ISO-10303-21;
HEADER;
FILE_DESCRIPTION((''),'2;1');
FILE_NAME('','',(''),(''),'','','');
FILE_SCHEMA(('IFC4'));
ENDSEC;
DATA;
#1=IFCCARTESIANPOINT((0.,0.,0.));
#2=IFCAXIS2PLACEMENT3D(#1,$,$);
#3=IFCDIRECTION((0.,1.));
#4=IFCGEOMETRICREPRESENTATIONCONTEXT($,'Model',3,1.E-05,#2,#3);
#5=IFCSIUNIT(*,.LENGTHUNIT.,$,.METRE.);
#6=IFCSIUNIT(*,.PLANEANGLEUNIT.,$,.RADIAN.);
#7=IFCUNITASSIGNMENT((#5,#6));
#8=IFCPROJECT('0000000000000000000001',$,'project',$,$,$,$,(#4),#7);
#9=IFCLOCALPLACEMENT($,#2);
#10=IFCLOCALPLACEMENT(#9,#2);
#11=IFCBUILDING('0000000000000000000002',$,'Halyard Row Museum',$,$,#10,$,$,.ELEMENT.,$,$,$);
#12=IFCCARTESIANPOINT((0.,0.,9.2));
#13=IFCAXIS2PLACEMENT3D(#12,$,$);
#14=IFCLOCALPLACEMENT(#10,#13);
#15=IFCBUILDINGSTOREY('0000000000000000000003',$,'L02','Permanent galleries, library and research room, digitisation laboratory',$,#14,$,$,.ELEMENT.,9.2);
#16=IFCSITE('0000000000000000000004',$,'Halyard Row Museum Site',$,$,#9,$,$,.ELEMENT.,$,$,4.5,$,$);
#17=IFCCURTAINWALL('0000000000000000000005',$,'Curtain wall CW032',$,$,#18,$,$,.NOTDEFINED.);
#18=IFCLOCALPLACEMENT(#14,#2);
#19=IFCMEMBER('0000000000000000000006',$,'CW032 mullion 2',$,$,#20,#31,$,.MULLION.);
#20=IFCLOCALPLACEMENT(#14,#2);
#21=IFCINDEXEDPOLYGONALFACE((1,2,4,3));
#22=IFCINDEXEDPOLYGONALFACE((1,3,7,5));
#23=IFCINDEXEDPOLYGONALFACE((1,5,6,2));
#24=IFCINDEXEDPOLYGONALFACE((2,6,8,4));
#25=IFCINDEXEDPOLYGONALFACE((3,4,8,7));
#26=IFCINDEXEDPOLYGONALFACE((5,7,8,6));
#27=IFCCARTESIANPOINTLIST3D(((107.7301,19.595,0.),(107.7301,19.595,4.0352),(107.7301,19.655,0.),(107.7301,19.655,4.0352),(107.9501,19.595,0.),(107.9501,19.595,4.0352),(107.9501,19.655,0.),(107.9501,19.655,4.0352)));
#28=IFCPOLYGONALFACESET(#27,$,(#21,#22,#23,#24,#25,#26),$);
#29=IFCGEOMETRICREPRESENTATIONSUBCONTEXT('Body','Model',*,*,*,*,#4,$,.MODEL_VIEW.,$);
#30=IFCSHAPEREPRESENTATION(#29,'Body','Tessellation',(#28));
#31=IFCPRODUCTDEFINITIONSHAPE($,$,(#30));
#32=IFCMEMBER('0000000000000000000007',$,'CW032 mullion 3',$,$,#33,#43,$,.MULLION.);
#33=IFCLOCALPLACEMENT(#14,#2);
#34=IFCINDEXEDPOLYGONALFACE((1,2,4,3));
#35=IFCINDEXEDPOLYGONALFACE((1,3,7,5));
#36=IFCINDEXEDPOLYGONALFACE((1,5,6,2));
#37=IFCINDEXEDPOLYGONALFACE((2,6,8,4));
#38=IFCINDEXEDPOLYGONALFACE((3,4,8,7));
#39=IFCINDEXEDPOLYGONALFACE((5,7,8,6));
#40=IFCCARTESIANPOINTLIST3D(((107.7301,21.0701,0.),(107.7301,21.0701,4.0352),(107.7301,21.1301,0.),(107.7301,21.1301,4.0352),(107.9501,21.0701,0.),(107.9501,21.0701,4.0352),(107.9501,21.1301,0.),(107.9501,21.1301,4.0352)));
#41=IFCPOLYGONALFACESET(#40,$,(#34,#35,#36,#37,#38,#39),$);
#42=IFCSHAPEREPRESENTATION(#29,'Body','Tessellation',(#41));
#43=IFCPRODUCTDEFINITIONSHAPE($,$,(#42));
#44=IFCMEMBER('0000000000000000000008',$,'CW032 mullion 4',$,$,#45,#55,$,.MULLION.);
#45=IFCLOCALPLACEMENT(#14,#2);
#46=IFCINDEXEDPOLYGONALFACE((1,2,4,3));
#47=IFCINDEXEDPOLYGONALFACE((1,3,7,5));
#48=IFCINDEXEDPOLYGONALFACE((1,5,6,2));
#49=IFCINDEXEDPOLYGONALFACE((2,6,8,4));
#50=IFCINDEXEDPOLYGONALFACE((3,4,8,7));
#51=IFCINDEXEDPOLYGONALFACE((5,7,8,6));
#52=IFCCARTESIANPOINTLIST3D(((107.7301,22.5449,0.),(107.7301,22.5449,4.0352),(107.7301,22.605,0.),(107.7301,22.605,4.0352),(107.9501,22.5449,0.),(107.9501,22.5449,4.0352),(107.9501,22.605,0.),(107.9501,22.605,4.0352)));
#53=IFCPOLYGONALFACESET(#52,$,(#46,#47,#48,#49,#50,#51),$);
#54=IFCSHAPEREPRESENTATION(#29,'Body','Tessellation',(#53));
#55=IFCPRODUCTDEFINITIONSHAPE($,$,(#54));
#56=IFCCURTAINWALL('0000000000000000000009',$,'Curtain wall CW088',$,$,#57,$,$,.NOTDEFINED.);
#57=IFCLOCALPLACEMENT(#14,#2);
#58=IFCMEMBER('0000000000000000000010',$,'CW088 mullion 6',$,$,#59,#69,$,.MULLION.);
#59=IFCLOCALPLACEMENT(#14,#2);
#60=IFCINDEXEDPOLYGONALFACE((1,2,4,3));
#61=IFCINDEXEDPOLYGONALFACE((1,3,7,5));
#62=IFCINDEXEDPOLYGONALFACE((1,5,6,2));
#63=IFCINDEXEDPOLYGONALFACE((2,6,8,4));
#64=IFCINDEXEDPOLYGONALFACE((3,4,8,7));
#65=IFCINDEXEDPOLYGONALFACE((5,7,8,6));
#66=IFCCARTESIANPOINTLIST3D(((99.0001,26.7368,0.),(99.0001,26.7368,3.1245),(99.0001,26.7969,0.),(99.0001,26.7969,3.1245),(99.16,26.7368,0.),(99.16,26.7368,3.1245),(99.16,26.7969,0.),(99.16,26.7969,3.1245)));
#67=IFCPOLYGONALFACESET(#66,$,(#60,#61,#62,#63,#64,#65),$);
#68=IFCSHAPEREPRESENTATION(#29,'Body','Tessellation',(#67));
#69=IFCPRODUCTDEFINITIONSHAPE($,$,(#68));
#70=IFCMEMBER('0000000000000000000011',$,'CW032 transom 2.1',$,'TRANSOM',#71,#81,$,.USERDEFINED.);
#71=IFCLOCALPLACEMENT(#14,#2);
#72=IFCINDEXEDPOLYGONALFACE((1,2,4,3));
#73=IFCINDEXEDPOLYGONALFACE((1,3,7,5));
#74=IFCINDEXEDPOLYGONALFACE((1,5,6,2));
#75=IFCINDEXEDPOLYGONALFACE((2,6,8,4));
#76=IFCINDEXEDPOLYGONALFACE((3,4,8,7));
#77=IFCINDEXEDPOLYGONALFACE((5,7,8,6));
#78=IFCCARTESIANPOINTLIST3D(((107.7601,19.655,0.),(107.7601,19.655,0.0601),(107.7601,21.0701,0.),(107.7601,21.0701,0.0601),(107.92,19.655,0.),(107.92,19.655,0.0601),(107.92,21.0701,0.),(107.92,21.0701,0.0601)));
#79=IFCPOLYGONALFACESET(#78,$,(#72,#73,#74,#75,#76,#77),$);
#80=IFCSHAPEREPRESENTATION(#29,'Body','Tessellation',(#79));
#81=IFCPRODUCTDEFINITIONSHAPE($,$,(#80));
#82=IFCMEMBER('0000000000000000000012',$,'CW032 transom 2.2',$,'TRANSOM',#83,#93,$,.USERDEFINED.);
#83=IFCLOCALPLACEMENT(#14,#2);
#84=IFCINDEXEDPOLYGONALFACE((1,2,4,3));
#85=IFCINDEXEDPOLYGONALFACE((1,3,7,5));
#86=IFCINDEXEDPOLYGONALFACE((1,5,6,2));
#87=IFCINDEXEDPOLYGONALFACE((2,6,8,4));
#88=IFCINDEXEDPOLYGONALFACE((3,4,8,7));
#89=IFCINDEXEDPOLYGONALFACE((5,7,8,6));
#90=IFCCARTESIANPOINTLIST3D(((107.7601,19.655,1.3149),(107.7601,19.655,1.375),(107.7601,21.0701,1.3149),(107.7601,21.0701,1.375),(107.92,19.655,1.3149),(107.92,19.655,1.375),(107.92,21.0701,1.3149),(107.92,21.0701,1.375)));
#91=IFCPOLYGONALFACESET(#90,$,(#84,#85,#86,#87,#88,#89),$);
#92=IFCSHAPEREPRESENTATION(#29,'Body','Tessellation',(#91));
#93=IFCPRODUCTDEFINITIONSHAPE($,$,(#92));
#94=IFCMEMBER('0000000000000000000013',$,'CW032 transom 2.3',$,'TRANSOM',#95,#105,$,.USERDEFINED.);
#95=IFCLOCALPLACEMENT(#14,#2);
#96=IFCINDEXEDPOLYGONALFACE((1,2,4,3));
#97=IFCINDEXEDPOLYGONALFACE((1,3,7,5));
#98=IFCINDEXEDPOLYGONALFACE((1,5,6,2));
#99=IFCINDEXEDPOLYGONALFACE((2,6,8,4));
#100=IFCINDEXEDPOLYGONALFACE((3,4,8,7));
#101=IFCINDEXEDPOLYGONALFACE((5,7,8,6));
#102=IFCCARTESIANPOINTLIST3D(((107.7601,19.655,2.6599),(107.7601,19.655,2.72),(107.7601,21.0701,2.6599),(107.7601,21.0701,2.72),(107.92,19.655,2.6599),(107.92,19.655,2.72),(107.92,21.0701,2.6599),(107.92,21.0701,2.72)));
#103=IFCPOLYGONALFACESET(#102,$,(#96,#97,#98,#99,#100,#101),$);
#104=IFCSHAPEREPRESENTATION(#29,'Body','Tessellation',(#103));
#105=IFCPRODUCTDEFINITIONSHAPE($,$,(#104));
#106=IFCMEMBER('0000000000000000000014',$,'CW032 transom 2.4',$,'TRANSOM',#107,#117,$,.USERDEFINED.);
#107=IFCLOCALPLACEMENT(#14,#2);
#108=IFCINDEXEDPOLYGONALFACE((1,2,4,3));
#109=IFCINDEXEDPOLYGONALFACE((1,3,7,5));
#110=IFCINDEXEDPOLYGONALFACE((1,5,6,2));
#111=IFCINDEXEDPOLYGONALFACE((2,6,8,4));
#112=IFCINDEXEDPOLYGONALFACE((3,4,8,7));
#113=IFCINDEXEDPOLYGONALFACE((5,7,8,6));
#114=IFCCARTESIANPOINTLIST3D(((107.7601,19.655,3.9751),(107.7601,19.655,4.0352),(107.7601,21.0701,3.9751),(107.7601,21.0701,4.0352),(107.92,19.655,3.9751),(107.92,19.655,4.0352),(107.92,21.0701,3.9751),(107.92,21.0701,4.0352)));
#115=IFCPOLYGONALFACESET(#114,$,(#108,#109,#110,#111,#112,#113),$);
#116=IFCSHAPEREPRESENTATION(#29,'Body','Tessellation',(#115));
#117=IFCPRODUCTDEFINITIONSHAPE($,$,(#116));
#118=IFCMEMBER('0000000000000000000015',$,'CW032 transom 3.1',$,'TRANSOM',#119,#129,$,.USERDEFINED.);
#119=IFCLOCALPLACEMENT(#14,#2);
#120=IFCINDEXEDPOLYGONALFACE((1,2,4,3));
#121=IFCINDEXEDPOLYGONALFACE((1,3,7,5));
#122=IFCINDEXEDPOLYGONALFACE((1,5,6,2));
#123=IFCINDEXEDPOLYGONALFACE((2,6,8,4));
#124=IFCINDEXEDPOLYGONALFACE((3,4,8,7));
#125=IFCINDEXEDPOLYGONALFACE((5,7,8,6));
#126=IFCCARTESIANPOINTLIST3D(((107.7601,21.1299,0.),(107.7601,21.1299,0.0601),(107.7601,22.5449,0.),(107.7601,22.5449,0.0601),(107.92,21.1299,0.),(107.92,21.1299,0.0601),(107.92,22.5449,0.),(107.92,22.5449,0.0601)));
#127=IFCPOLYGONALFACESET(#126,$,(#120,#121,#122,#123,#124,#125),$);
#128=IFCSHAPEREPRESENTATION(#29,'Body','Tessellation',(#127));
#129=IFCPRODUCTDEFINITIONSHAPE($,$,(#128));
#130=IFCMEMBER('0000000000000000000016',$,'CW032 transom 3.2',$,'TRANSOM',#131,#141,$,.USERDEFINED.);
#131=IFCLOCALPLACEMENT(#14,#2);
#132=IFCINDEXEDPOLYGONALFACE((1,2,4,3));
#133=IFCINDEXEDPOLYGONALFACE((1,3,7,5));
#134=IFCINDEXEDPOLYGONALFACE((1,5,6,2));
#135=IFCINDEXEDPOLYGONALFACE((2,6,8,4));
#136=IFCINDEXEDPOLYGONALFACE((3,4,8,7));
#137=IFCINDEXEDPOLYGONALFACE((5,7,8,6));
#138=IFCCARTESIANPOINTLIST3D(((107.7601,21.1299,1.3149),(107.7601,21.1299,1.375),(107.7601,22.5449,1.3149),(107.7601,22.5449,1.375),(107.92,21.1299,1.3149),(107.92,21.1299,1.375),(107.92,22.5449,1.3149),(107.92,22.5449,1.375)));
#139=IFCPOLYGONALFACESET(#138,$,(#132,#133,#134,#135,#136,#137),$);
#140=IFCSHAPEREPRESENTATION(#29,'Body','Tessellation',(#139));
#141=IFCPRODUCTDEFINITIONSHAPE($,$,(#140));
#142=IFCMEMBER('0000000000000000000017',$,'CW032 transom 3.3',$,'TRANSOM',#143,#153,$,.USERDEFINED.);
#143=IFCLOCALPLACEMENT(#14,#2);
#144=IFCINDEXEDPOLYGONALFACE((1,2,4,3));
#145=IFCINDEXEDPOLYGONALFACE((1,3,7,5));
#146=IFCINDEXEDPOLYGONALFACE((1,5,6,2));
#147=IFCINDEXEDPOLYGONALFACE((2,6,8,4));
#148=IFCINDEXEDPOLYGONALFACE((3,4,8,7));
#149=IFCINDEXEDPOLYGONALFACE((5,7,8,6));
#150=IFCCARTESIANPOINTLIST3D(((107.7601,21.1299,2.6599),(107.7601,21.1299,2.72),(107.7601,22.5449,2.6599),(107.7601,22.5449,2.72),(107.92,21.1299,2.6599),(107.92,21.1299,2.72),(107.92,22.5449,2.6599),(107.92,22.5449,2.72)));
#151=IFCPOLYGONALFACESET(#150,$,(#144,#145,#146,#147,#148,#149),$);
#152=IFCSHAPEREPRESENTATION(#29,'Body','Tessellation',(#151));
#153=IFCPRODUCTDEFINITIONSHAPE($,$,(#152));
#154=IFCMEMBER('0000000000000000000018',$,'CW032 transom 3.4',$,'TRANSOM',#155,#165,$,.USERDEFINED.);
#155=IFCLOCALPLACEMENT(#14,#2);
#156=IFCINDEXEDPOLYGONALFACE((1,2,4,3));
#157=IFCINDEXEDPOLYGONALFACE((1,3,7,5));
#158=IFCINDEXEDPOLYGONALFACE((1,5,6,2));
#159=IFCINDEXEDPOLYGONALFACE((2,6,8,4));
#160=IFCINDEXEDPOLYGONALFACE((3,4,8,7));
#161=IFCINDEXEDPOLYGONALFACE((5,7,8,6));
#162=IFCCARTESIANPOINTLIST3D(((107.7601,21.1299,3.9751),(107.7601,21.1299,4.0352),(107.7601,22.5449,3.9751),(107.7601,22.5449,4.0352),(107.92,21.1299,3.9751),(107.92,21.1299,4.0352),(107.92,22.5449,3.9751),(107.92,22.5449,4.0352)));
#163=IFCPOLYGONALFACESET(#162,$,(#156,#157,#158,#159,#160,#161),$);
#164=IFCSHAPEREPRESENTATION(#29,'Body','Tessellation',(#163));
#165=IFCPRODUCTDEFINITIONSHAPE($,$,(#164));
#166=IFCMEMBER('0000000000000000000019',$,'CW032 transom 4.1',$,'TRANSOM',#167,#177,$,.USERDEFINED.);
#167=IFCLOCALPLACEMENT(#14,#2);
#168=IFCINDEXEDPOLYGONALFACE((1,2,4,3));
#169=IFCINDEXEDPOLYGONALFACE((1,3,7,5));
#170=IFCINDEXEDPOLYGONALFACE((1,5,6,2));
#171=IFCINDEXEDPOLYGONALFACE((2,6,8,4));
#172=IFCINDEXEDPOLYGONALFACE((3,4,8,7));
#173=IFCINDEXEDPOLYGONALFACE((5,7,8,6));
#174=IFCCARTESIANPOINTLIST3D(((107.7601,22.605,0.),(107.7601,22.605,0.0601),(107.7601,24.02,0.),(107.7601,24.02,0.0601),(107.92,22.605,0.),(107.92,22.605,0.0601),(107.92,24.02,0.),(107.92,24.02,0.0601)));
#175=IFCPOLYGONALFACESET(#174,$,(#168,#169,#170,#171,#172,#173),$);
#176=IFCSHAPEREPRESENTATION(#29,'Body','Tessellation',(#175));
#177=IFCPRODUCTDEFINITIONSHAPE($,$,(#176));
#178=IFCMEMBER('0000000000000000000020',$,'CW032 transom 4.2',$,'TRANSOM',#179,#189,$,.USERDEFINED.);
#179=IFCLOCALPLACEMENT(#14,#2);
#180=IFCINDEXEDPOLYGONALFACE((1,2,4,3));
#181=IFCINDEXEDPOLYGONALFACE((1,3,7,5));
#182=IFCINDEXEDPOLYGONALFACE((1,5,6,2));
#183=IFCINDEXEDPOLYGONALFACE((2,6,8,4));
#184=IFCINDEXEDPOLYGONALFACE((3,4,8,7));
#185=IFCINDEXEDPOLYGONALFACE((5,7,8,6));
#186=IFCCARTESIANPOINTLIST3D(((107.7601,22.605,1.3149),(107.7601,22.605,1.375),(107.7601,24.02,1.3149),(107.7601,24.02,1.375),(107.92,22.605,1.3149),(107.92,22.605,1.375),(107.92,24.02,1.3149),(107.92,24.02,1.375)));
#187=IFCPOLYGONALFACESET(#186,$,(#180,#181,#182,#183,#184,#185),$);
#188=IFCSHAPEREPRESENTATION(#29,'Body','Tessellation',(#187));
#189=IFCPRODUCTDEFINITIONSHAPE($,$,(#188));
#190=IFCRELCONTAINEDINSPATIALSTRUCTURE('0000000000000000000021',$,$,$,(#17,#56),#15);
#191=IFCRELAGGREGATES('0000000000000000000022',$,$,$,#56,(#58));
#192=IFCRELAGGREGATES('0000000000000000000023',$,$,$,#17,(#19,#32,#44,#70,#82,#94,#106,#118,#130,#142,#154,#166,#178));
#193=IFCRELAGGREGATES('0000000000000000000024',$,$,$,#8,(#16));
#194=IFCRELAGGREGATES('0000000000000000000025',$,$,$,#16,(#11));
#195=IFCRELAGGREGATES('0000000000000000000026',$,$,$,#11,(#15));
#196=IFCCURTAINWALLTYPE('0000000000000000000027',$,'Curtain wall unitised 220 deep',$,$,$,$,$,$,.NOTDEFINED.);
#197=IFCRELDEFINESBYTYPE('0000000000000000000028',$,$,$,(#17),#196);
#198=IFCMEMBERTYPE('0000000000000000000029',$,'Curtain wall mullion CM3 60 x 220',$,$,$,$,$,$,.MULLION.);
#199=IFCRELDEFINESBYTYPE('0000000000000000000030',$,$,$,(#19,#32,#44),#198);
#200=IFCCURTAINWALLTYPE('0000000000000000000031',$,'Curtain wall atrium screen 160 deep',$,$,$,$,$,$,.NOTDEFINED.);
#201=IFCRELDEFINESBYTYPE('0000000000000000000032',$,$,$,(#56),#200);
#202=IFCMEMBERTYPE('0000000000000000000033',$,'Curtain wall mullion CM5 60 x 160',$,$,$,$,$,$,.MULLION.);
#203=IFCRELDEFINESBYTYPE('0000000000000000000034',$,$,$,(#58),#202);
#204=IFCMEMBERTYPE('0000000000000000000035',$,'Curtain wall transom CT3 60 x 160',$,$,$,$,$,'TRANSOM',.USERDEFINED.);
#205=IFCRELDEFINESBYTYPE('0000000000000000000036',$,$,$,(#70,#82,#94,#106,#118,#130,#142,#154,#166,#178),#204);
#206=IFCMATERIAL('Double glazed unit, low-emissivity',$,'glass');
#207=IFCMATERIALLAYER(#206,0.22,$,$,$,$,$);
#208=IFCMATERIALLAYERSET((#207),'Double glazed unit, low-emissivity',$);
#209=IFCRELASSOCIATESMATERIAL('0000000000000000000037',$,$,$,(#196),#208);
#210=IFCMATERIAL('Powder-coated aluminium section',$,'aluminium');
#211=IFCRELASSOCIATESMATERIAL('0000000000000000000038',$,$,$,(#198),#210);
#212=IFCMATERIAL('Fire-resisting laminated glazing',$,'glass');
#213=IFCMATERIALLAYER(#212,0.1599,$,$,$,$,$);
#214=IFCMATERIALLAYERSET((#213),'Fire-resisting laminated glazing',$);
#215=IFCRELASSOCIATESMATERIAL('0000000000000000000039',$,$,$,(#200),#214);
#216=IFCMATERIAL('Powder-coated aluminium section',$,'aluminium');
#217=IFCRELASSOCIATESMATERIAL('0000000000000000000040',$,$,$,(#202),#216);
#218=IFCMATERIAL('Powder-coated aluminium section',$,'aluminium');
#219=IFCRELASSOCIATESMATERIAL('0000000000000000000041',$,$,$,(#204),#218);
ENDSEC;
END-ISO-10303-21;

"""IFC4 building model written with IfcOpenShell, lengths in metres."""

from ifc_helpers import new_model, si_unit, direction, frame, origin, origin_2d, place, context, subcontext, project, spatial, rectangle, extrude, material, layer, layer_set, material_profile, profile_set, type_object, element, aggregate, save


model = new_model("IFC4")

# Units and contexts
model_context = context("Model", 3, precision=1e-05, world=origin(), true_north=direction((0.0, 1.0)))
body_context = subcontext(model_context, "Body", "Model", "MODEL_VIEW")
ifc_project = project(units=[si_unit("LENGTHUNIT", "METRE"), si_unit("PLANEANGLEUNIT", "RADIAN")], contexts=[model_context])

# Site, building, storey
site_placement = place(None, origin())
site = spatial("IfcSite", under=ifc_project, at=site_placement, Name="Halyard Row Museum Site", CompositionType="ELEMENT", RefElevation=4.5)
building_placement = place(site_placement, origin())
building = spatial("IfcBuilding", under=site, at=building_placement, Name="Halyard Row Museum", CompositionType="ELEMENT")
storey_placement = place(building_placement, frame((0.0, 0.0, 9.2)))
storey = spatial("IfcBuildingStorey", under=building, at=storey_placement, Name="L02", Description="Permanent galleries, library and research room, digitisation laboratory", CompositionType="ELEMENT", Elevation=9.2)

# Curtain wall, members
ifc_material_1 = material(Name="Double glazed unit, low-emissivity", Category="glass")
ifc_layer_1 = layer(ifc_material_1, 0.22)
ifc_layer_set_1 = layer_set([ifc_layer_1], Name="Double glazed unit, low-emissivity")
curtain_wall_type_1 = type_object("IfcCurtainWallType", Name="Curtain wall unitised 220 deep", PredefinedType="NOTDEFINED", material=ifc_layer_set_1)
curtain_wall_1_placement = place(storey_placement, origin())
curtain_wall_1 = element("IfcCurtainWall", 1, at=curtain_wall_1_placement, inside=storey, type_object=curtain_wall_type_1, Name="Curtain wall CW032", PredefinedType="NOTDEFINED")
ifc_material_2 = material(Name="Powder-coated aluminium section", Category="aluminium")
ifc_material_profile_1 = material_profile(ifc_material_2, rectangle(XDim=0.22, YDim=0.0601, at=origin_2d()), Name="220x60 mullion")
ifc_profile_set_1 = profile_set([ifc_material_profile_1], Name="Powder-coated aluminium section")
member_type_1 = type_object("IfcMemberType", Name="Curtain wall mullion CM3 60 x 220", PredefinedType="MULLION", material=ifc_profile_set_1)
member_1_placement = place(storey_placement, frame((107.8401, 19.625, 0.0), z_axis=(0.0, 0.0, 1.0), x_axis=(-1.0, 0.0, 0.0)))
member_1 = element("IfcMember", 2, at=member_1_placement, type_object=member_type_1, Name="CW032 mullion 2", PredefinedType="MULLION", context=body_context, shape_type="SweptSolid", body=[
    extrude(rectangle(XDim=0.22, YDim=0.0601, at=origin_2d()), origin(), (0.0, 0.0, 1.0), 4.0352),
])
member_2_placement = place(storey_placement, frame((107.8401, 21.1001, 0.0), z_axis=(0.0, 0.0, 1.0), x_axis=(-1.0, 0.0, 0.0)))
member_2 = element("IfcMember", 3, at=member_2_placement, type_object=member_type_1, Name="CW032 mullion 3", PredefinedType="MULLION", context=body_context, shape_type="SweptSolid", body=[
    extrude(rectangle(XDim=0.22, YDim=0.0601, at=origin_2d()), origin(), (0.0, 0.0, 1.0), 4.0352),
])
member_3_placement = place(storey_placement, frame((107.8401, 22.575, 0.0), z_axis=(0.0, 0.0, 1.0), x_axis=(-1.0, 0.0, 0.0)))
member_3 = element("IfcMember", 4, at=member_3_placement, type_object=member_type_1, Name="CW032 mullion 4", PredefinedType="MULLION", context=body_context, shape_type="SweptSolid", body=[
    extrude(rectangle(XDim=0.22, YDim=0.0601, at=origin_2d()), origin(), (0.0, 0.0, 1.0), 4.0352),
])

# Curtain wall, member
ifc_material_3 = material(Name="Fire-resisting laminated glazing", Category="glass")
ifc_layer_2 = layer(ifc_material_3, 0.1599)
ifc_layer_set_2 = layer_set([ifc_layer_2], Name="Fire-resisting laminated glazing")
curtain_wall_type_2 = type_object("IfcCurtainWallType", Name="Curtain wall atrium screen 160 deep", PredefinedType="NOTDEFINED", material=ifc_layer_set_2)
curtain_wall_2_placement = place(storey_placement, origin())
curtain_wall_2 = element("IfcCurtainWall", 5, at=curtain_wall_2_placement, inside=storey, type_object=curtain_wall_type_2, Name="Curtain wall CW088", PredefinedType="NOTDEFINED")
ifc_material_4 = material(Name="Powder-coated aluminium section", Category="aluminium")
ifc_material_profile_2 = material_profile(ifc_material_4, rectangle(XDim=0.1599, YDim=0.0601, at=origin_2d()), Name="160x60 mullion")
ifc_profile_set_2 = profile_set([ifc_material_profile_2], Name="Powder-coated aluminium section")
member_type_2 = type_object("IfcMemberType", Name="Curtain wall mullion CM5 60 x 160", PredefinedType="MULLION", material=ifc_profile_set_2)
member_4_placement = place(storey_placement, frame((99.0801, 26.7668, 0.0), z_axis=(0.0, 0.0, 1.0), x_axis=(-1.0, 0.0, 0.0)))
member_4 = element("IfcMember", 6, at=member_4_placement, type_object=member_type_2, Name="CW088 mullion 6", PredefinedType="MULLION", context=body_context, shape_type="SweptSolid", body=[
    extrude(rectangle(XDim=0.1599, YDim=0.0601, at=origin_2d()), origin(), (0.0, 0.0, 1.0), 3.1245),
])
aggregate(curtain_wall_2, [member_4])

# Members
ifc_material_5 = material(Name="Powder-coated aluminium section", Category="aluminium")
ifc_material_profile_3 = material_profile(ifc_material_5, rectangle(XDim=0.1599, YDim=0.0601, at=origin_2d()), Name="160x60 transom")
ifc_profile_set_3 = profile_set([ifc_material_profile_3], Name="Powder-coated aluminium section")
member_type_3 = type_object("IfcMemberType", Name="Curtain wall transom CT3 60 x 160", ElementType="TRANSOM", PredefinedType="USERDEFINED", material=ifc_profile_set_3)
member_5_placement = place(storey_placement, frame((107.8401, 19.655, 0.03), z_axis=(0.0, 1.0, 0.0), x_axis=(-1.0, 0.0, 0.0)))
member_5 = element("IfcMember", 7, at=member_5_placement, type_object=member_type_3, Name="CW032 transom 2.1", ObjectType="TRANSOM", PredefinedType="USERDEFINED", context=body_context, shape_type="SweptSolid", body=[
    extrude(rectangle(XDim=0.1599, YDim=0.0601, at=origin_2d()), origin(), (0.0, 0.0, 1.0), 1.415),
])
member_6_placement = place(storey_placement, frame((107.8401, 19.655, 1.345), z_axis=(0.0, 1.0, 0.0), x_axis=(-1.0, 0.0, 0.0)))
member_6 = element("IfcMember", 8, at=member_6_placement, type_object=member_type_3, Name="CW032 transom 2.2", ObjectType="TRANSOM", PredefinedType="USERDEFINED", context=body_context, shape_type="SweptSolid", body=[
    extrude(rectangle(XDim=0.1599, YDim=0.0601, at=origin_2d()), origin(), (0.0, 0.0, 1.0), 1.415),
])
member_7_placement = place(storey_placement, frame((107.8401, 19.655, 2.6899), z_axis=(0.0, 1.0, 0.0), x_axis=(-1.0, 0.0, 0.0)))
member_7 = element("IfcMember", 9, at=member_7_placement, type_object=member_type_3, Name="CW032 transom 2.3", ObjectType="TRANSOM", PredefinedType="USERDEFINED", context=body_context, shape_type="SweptSolid", body=[
    extrude(rectangle(XDim=0.1599, YDim=0.0601, at=origin_2d()), origin(), (0.0, 0.0, 1.0), 1.415),
])
member_8_placement = place(storey_placement, frame((107.8401, 19.655, 4.0051), z_axis=(0.0, 1.0, 0.0), x_axis=(-1.0, 0.0, 0.0)))
member_8 = element("IfcMember", 10, at=member_8_placement, type_object=member_type_3, Name="CW032 transom 2.4", ObjectType="TRANSOM", PredefinedType="USERDEFINED", context=body_context, shape_type="SweptSolid", body=[
    extrude(rectangle(XDim=0.1599, YDim=0.0601, at=origin_2d()), origin(), (0.0, 0.0, 1.0), 1.415),
])
member_9_placement = place(storey_placement, frame((107.8401, 21.1299, 0.03), z_axis=(0.0, 1.0, 0.0), x_axis=(-1.0, 0.0, 0.0)))
member_9 = element("IfcMember", 11, at=member_9_placement, type_object=member_type_3, Name="CW032 transom 3.1", ObjectType="TRANSOM", PredefinedType="USERDEFINED", context=body_context, shape_type="SweptSolid", body=[
    extrude(rectangle(XDim=0.1599, YDim=0.0601, at=origin_2d()), origin(), (0.0, 0.0, 1.0), 1.415),
])
member_10_placement = place(storey_placement, frame((107.8401, 21.1299, 1.345), z_axis=(0.0, 1.0, 0.0), x_axis=(-1.0, 0.0, 0.0)))
member_10 = element("IfcMember", 12, at=member_10_placement, type_object=member_type_3, Name="CW032 transom 3.2", ObjectType="TRANSOM", PredefinedType="USERDEFINED", context=body_context, shape_type="SweptSolid", body=[
    extrude(rectangle(XDim=0.1599, YDim=0.0601, at=origin_2d()), origin(), (0.0, 0.0, 1.0), 1.415),
])
member_11_placement = place(storey_placement, frame((107.8401, 21.1299, 2.6899), z_axis=(0.0, 1.0, 0.0), x_axis=(-1.0, 0.0, 0.0)))
member_11 = element("IfcMember", 13, at=member_11_placement, type_object=member_type_3, Name="CW032 transom 3.3", ObjectType="TRANSOM", PredefinedType="USERDEFINED", context=body_context, shape_type="SweptSolid", body=[
    extrude(rectangle(XDim=0.1599, YDim=0.0601, at=origin_2d()), origin(), (0.0, 0.0, 1.0), 1.415),
])
member_12_placement = place(storey_placement, frame((107.8401, 21.1299, 4.0051), z_axis=(0.0, 1.0, 0.0), x_axis=(-1.0, 0.0, 0.0)))
member_12 = element("IfcMember", 14, at=member_12_placement, type_object=member_type_3, Name="CW032 transom 3.4", ObjectType="TRANSOM", PredefinedType="USERDEFINED", context=body_context, shape_type="SweptSolid", body=[
    extrude(rectangle(XDim=0.1599, YDim=0.0601, at=origin_2d()), origin(), (0.0, 0.0, 1.0), 1.415),
])
member_13_placement = place(storey_placement, frame((107.8401, 22.605, 0.03), z_axis=(0.0, 1.0, 0.0), x_axis=(-1.0, 0.0, 0.0)))
member_13 = element("IfcMember", 15, at=member_13_placement, type_object=member_type_3, Name="CW032 transom 4.1", ObjectType="TRANSOM", PredefinedType="USERDEFINED", context=body_context, shape_type="SweptSolid", body=[
    extrude(rectangle(XDim=0.1599, YDim=0.0601, at=origin_2d()), origin(), (0.0, 0.0, 1.0), 1.415),
])
member_14_placement = place(storey_placement, frame((107.8401, 22.605, 1.345), z_axis=(0.0, 1.0, 0.0), x_axis=(-1.0, 0.0, 0.0)))
member_14 = element("IfcMember", 16, at=member_14_placement, type_object=member_type_3, Name="CW032 transom 4.2", ObjectType="TRANSOM", PredefinedType="USERDEFINED", context=body_context, shape_type="SweptSolid", body=[
    extrude(rectangle(XDim=0.1599, YDim=0.0601, at=origin_2d()), origin(), (0.0, 0.0, 1.0), 1.415),
])

aggregate(curtain_wall_1, [member_1, member_2, member_3, member_5, member_6, member_7, member_8, member_9, member_10, member_11, member_12, member_13, member_14])

save(model, "model.ifc")
